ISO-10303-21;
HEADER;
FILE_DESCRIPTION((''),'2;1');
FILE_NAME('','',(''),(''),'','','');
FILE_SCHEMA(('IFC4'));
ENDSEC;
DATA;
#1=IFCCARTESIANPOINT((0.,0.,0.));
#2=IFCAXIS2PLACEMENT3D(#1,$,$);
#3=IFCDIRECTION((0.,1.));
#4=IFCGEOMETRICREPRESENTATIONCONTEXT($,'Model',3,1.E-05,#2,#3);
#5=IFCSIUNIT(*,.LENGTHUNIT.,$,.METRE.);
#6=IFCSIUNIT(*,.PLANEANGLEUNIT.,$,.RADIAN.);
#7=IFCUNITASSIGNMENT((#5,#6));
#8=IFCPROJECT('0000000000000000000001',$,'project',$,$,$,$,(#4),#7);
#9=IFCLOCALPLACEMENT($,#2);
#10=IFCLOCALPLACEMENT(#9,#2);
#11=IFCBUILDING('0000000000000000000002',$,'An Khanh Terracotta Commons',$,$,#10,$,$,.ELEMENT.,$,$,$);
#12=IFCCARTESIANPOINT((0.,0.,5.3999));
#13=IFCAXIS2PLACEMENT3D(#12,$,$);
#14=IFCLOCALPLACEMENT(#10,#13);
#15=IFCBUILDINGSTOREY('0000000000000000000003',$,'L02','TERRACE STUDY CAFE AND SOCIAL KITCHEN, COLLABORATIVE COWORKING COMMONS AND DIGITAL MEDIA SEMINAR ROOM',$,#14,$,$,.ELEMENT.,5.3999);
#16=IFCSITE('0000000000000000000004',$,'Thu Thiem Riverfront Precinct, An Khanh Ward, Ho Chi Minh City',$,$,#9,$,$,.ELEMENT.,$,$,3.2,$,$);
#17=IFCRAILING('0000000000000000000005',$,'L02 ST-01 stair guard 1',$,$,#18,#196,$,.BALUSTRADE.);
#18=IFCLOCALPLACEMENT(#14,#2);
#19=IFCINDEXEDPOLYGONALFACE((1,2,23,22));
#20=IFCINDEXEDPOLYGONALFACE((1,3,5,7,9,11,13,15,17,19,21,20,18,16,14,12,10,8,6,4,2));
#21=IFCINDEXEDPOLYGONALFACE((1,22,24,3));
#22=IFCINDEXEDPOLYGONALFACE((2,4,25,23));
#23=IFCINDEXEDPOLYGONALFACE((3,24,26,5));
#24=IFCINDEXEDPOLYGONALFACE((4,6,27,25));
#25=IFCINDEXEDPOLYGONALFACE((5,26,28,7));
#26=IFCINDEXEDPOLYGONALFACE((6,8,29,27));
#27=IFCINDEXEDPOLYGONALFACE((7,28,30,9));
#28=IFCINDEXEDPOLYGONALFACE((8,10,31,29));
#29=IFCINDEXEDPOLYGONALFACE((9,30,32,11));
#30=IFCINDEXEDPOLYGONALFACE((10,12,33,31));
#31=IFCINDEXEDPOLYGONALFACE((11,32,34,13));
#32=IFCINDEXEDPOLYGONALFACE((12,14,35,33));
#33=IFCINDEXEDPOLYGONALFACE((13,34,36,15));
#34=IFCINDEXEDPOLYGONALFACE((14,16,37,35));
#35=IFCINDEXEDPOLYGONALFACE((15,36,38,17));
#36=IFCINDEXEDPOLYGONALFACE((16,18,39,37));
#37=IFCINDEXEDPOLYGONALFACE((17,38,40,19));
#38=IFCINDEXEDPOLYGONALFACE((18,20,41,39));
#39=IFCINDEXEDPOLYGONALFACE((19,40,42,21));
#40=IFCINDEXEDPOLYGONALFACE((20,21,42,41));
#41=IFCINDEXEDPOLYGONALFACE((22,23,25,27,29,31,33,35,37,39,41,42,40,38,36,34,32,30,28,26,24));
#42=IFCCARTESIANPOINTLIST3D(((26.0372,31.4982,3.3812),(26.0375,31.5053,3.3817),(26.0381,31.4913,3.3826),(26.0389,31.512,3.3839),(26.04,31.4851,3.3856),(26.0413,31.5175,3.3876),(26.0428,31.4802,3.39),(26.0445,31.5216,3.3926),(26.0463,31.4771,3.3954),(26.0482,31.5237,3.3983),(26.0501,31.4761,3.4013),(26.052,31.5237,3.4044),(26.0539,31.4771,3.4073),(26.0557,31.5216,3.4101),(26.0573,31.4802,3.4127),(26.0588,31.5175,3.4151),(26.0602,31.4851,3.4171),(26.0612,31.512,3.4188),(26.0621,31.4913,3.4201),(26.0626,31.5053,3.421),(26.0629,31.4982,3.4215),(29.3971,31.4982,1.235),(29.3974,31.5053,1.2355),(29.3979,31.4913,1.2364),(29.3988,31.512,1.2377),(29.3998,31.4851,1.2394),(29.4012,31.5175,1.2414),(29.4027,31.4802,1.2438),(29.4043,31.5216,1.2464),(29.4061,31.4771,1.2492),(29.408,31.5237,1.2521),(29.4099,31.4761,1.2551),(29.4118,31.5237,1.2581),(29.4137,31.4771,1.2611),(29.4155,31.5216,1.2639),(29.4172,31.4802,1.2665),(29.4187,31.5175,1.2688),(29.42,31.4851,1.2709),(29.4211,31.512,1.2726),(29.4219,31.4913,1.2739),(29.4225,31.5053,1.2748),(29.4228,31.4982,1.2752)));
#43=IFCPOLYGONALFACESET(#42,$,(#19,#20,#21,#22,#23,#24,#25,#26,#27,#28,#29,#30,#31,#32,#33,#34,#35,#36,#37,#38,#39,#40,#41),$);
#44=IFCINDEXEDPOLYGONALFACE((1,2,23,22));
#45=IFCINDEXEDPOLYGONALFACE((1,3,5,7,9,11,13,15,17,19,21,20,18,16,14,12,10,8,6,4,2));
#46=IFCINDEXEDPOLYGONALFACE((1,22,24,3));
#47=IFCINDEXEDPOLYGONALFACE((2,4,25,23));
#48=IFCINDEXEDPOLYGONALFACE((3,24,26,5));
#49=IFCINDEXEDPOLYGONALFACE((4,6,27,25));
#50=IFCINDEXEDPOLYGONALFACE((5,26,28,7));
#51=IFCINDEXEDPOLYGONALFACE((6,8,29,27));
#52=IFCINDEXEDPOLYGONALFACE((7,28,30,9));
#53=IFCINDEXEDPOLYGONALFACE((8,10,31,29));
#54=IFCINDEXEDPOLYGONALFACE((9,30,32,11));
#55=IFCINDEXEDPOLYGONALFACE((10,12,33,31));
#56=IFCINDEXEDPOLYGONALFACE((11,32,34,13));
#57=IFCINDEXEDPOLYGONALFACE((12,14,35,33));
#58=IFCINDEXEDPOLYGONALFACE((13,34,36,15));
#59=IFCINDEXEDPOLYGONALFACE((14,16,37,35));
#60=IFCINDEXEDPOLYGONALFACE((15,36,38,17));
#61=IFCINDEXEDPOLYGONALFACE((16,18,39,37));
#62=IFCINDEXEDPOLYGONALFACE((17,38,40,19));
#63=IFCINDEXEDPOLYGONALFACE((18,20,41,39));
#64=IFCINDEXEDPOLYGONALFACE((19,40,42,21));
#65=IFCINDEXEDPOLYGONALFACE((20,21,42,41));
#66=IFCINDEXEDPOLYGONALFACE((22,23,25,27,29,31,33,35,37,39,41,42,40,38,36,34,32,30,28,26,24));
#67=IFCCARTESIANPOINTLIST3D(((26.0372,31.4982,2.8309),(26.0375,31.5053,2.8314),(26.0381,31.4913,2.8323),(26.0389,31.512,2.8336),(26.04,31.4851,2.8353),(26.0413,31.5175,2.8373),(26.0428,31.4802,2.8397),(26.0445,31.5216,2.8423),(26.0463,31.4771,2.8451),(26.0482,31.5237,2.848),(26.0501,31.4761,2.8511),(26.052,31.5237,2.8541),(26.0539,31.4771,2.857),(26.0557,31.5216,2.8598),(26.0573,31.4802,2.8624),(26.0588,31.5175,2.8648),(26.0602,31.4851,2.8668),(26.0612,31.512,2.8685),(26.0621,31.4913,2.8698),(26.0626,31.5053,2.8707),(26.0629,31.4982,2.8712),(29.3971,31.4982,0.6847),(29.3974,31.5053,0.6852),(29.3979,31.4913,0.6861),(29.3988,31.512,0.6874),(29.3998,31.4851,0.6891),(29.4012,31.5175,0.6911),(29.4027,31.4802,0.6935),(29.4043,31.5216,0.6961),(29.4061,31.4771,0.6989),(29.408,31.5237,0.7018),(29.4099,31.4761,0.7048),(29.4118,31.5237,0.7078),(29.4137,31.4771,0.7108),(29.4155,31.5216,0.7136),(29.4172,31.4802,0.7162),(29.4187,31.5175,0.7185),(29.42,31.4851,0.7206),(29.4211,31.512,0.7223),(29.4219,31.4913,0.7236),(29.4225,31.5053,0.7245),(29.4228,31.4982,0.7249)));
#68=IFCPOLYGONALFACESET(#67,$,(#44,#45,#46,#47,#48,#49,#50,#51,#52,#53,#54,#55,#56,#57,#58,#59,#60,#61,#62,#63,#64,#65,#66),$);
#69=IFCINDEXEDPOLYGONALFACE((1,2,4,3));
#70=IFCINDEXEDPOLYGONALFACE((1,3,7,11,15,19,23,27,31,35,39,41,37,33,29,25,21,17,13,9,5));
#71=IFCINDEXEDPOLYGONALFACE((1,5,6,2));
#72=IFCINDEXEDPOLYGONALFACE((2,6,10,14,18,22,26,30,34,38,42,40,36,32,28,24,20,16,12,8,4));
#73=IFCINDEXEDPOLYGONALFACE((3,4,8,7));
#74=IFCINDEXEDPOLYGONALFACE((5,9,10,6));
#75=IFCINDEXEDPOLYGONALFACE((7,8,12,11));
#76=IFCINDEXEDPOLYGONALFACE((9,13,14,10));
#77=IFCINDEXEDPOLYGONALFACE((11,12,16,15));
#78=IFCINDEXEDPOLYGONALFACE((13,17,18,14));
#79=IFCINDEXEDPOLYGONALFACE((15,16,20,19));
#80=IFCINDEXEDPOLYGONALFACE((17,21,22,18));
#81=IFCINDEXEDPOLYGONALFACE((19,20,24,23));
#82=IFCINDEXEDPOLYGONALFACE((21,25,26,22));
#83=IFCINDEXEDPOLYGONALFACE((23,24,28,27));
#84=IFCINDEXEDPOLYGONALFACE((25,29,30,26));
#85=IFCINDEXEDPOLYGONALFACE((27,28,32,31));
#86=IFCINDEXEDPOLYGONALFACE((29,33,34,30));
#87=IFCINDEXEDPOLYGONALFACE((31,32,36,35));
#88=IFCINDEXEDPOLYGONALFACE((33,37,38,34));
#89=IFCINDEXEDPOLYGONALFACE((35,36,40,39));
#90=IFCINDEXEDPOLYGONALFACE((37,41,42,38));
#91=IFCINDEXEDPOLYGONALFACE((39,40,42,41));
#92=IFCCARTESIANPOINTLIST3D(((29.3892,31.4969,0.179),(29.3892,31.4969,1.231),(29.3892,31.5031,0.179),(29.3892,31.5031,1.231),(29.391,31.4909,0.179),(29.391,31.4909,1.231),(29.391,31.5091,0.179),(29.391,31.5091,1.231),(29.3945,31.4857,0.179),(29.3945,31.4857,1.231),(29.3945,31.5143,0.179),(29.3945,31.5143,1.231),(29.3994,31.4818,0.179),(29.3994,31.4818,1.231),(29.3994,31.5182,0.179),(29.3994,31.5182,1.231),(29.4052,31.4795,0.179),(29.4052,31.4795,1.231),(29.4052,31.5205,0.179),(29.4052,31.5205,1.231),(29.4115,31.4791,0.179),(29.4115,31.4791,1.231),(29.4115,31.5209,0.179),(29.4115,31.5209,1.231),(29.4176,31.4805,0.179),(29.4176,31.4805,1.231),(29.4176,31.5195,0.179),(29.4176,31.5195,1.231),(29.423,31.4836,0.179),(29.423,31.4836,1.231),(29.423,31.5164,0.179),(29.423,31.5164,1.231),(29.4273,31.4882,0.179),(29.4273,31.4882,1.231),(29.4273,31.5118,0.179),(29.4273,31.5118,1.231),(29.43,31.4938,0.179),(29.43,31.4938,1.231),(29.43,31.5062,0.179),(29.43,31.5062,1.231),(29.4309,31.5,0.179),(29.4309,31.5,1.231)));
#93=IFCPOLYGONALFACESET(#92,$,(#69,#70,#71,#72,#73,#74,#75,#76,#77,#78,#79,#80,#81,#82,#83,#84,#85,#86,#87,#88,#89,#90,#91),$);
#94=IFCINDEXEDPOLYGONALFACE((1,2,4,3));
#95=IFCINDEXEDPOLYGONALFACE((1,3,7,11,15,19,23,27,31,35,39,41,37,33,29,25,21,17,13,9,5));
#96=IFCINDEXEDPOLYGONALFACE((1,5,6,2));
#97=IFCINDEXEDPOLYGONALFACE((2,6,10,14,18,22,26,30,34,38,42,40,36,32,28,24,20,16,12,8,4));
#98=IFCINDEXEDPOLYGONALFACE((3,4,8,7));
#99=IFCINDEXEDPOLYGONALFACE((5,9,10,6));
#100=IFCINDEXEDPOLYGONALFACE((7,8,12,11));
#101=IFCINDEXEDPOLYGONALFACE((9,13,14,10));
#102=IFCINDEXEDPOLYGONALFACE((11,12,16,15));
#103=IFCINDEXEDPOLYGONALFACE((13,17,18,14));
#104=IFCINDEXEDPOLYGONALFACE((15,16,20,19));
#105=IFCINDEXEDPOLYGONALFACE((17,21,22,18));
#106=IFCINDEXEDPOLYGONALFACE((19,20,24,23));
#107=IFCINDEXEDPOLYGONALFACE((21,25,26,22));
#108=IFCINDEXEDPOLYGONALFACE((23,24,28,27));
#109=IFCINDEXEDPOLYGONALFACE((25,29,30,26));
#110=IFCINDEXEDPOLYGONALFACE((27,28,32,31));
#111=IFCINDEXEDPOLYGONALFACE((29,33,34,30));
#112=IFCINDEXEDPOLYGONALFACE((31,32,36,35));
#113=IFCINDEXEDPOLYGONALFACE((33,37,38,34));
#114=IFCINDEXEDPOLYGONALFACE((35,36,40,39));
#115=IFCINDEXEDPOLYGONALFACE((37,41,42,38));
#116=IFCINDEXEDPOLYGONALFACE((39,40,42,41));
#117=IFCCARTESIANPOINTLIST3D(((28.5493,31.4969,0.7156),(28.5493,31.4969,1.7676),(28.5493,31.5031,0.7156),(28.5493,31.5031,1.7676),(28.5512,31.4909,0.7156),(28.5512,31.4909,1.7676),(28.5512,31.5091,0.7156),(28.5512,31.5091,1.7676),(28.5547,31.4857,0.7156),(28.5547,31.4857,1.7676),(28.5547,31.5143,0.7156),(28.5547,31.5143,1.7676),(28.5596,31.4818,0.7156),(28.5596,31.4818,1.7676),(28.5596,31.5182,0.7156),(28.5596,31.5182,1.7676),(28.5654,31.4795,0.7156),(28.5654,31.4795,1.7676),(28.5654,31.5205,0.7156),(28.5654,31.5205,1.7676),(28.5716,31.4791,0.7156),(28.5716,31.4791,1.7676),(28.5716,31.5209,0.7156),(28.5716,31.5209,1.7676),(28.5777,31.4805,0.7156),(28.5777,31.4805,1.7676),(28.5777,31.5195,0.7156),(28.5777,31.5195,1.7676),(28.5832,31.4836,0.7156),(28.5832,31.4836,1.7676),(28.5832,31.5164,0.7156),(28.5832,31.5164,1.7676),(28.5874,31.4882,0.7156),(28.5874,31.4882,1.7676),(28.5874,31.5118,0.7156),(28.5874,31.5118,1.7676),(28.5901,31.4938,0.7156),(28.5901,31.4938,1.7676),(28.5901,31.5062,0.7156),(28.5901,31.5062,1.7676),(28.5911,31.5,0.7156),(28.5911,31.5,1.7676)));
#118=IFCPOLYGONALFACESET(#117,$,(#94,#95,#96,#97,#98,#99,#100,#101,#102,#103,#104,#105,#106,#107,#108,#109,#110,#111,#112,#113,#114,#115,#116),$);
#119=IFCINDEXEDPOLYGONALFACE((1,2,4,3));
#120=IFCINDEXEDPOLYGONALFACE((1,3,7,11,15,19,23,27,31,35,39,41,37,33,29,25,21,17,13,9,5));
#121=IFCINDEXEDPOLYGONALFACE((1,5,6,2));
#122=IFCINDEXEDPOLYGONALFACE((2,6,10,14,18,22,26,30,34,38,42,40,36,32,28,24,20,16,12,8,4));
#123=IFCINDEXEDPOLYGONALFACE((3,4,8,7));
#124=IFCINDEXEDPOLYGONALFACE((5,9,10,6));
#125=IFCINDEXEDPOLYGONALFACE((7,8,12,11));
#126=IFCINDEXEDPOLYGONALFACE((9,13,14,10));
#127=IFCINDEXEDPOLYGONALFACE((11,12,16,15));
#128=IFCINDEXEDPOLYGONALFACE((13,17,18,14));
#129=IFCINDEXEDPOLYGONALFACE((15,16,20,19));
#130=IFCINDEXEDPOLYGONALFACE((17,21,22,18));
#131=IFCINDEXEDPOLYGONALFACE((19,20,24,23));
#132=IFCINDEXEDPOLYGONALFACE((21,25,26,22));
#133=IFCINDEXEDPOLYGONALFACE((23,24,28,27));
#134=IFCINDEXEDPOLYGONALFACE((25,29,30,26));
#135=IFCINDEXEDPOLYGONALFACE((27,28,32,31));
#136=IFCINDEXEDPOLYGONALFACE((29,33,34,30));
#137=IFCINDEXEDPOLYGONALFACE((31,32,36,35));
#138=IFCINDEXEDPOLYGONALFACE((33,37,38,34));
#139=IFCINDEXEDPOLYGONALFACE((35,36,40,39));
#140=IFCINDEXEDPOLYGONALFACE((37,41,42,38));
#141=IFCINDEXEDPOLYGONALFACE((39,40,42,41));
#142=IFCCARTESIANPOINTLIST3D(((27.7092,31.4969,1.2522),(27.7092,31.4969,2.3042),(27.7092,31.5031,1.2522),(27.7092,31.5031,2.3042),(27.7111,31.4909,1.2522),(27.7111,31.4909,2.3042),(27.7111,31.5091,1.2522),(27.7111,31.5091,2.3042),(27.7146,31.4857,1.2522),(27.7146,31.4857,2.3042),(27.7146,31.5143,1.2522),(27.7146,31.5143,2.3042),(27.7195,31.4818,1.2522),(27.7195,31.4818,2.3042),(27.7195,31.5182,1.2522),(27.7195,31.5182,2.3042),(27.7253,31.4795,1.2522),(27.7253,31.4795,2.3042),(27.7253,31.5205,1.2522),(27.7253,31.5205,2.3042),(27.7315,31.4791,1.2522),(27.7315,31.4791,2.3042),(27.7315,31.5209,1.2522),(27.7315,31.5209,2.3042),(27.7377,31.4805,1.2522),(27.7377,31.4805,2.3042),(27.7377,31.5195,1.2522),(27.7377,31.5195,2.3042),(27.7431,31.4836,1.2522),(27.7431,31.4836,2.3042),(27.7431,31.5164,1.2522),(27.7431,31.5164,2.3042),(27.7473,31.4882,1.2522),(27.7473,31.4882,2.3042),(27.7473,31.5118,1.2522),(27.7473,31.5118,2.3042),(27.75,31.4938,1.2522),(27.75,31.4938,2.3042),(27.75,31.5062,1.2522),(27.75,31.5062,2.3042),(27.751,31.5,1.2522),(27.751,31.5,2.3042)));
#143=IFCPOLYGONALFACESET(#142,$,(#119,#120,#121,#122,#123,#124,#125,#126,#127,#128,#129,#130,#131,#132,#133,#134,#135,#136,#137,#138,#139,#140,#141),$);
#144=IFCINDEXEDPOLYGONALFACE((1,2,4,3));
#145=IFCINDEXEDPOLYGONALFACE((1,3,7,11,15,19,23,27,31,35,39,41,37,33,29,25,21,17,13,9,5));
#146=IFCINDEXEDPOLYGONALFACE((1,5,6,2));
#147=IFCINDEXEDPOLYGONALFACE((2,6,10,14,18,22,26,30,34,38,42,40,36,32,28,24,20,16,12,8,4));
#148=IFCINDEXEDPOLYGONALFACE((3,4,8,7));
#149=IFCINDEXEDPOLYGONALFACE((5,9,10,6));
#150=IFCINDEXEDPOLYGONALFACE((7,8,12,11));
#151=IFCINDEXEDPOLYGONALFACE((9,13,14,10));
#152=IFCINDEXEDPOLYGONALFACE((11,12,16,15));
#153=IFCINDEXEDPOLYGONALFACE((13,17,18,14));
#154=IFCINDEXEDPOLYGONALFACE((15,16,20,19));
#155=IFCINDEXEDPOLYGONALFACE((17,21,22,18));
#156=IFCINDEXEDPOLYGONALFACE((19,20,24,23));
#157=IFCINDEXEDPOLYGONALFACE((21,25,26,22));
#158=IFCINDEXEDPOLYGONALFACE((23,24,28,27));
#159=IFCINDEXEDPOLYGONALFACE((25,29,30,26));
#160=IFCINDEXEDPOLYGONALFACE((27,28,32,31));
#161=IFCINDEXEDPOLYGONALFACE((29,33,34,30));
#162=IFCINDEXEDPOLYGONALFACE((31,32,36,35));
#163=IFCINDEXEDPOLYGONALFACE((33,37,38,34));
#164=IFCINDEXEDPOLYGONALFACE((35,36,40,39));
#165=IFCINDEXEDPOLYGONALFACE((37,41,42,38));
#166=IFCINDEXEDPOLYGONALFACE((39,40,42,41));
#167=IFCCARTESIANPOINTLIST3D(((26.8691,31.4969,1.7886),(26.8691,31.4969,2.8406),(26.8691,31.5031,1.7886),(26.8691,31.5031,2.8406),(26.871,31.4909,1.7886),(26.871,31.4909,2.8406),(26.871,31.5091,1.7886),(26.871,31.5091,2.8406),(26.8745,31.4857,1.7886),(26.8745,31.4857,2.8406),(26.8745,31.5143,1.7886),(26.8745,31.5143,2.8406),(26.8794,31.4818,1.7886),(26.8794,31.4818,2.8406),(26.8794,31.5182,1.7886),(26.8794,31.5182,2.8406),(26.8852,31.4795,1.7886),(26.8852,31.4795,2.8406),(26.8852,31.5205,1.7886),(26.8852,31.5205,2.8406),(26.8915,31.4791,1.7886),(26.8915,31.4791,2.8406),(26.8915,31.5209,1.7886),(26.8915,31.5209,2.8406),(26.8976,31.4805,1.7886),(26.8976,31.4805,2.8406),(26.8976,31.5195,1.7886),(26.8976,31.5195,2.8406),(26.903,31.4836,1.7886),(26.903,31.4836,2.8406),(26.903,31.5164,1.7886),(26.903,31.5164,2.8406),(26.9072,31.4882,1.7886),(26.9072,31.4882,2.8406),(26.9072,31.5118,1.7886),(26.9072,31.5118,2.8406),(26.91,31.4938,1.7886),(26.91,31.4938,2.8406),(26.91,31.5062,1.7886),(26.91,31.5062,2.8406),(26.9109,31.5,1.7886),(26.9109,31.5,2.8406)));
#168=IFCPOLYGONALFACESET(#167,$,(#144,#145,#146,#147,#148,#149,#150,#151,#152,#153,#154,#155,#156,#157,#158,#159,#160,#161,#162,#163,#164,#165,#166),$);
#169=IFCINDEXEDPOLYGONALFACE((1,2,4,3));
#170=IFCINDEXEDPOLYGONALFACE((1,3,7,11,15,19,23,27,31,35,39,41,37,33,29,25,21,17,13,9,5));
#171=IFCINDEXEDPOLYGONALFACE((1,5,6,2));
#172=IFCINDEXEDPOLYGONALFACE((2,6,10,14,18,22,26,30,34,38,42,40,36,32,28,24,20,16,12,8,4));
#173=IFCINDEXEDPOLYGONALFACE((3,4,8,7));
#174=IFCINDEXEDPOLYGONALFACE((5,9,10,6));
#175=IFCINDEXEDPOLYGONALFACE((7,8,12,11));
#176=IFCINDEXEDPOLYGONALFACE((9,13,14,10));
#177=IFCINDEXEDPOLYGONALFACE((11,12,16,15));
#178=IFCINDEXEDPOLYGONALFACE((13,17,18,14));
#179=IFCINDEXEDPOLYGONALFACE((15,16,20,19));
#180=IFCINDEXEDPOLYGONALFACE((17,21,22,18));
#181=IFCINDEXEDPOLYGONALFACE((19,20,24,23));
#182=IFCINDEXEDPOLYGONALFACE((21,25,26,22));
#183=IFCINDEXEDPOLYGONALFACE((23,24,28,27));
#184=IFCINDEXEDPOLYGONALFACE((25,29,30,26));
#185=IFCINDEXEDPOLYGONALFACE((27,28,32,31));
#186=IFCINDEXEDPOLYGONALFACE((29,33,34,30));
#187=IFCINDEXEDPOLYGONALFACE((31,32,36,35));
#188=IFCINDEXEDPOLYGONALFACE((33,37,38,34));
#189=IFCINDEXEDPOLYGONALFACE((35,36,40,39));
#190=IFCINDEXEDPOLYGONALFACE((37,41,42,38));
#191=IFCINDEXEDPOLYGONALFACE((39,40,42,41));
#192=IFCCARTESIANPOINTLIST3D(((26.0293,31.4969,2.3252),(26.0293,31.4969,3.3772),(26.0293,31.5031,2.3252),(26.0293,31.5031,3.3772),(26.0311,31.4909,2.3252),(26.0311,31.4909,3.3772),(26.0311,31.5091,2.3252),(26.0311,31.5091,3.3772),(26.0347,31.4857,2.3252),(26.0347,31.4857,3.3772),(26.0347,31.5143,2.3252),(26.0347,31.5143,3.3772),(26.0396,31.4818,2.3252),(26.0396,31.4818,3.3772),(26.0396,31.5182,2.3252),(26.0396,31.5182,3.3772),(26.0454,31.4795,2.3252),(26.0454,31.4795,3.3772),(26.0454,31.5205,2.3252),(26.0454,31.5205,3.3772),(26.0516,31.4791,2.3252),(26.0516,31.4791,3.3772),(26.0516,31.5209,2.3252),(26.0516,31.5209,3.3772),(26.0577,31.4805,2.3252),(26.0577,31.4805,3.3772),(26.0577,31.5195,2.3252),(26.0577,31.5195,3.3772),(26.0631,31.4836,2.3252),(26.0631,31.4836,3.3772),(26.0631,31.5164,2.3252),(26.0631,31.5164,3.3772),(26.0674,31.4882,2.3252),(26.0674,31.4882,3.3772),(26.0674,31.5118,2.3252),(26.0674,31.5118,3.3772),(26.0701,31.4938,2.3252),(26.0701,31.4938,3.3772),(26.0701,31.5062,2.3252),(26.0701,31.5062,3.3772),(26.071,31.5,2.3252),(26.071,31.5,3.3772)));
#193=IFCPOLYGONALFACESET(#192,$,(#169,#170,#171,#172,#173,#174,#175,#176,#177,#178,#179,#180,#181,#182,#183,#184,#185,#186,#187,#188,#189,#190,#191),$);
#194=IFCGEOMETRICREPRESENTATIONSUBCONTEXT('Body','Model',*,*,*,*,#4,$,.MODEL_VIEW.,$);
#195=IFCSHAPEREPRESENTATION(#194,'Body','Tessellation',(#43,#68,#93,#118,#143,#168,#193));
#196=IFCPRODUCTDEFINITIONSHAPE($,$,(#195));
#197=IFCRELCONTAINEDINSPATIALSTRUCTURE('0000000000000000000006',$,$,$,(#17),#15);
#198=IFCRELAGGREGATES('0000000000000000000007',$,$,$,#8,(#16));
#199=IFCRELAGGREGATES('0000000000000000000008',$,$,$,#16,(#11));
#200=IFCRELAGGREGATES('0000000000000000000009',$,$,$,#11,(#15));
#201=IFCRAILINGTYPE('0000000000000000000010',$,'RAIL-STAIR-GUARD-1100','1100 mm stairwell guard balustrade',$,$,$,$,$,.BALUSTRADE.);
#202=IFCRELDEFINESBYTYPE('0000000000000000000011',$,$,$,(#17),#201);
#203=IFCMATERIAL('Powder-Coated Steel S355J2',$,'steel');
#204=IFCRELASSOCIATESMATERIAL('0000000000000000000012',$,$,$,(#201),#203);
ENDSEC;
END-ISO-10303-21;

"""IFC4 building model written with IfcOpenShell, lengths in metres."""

from ifc_helpers import new_model, si_unit, direction, frame, origin, origin_2d, place, context, subcontext, project, spatial, circle, extrude, material, type_object, element, save


model = new_model("IFC4")

# Units and contexts
model_context = context("Model", 3, precision=1e-05, world=origin(), true_north=direction((0.0, 1.0)))
body_context = subcontext(model_context, "Body", "Model", "MODEL_VIEW")
ifc_project = project(units=[si_unit("LENGTHUNIT", "METRE"), si_unit("PLANEANGLEUNIT", "RADIAN")], contexts=[model_context])

# Site, building, storey
site_placement = place(None, origin())
site = spatial("IfcSite", under=ifc_project, at=site_placement, Name="Thu Thiem Riverfront Precinct, An Khanh Ward, Ho Chi Minh City", CompositionType="ELEMENT", RefElevation=3.2)
building_placement = place(site_placement, origin())
building = spatial("IfcBuilding", under=site, at=building_placement, Name="An Khanh Terracotta Commons", CompositionType="ELEMENT")
storey_placement = place(building_placement, frame((0.0, 0.0, 5.3999)))
storey = spatial("IfcBuildingStorey", under=building, at=storey_placement, Name="L02", Description="TERRACE STUDY CAFE AND SOCIAL KITCHEN, COLLABORATIVE COWORKING COMMONS AND DIGITAL MEDIA SEMINAR ROOM", CompositionType="ELEMENT", Elevation=5.3999)

# Railing
ifc_material_1 = material(Name="Powder-Coated Steel S355J2", Category="steel")
railing_type_1 = type_object("IfcRailingType", Name="RAIL-STAIR-GUARD-1100", Description="1100 mm stairwell guard balustrade", PredefinedType="BALUSTRADE", material=ifc_material_1)
railing_1_placement = place(storey_placement, frame((29.4099, 31.5, 0.179)))
element("IfcRailing", 1, at=railing_1_placement, inside=storey, type_object=railing_type_1, Name="L02 ST-01 stair guard 1", PredefinedType="BALUSTRADE", context=body_context, shape_type="SweptSolid", body=[
    extrude(circle(Radius=0.0239, at=origin_2d()), frame((0.0, 0.0, 1.0762), z_axis=(-0.842735, 0.0, 0.538329), x_axis=(0.0, -1.0, 0.0)), (0.0, 0.0, 1.0), 3.9868),
    extrude(circle(Radius=0.0239, at=origin_2d()), frame((0.0, 0.0, 0.5259), z_axis=(-0.842735, 0.0, 0.538329), x_axis=(0.0, -1.0, 0.0)), (0.0, 0.0, 1.0), 3.9868),
    extrude(circle(Radius=0.021, at=origin_2d()), origin(), (0.0, 0.0, 1.0), 1.052),
    extrude(circle(Radius=0.021, at=origin_2d()), frame((-0.8398, 0.0, 0.5366)), (0.0, 0.0, 1.0), 1.052),
    extrude(circle(Radius=0.021, at=origin_2d()), frame((-1.6799, 0.0, 1.0732)), (0.0, 0.0, 1.0), 1.052),
    extrude(circle(Radius=0.021, at=origin_2d()), frame((-2.52, 0.0, 1.6096)), (0.0, 0.0, 1.0), 1.052),
    extrude(circle(Radius=0.021, at=origin_2d()), frame((-3.3599, 0.0, 2.1462)), (0.0, 0.0, 1.0), 1.052),
])

save(model, "model.ifc")
